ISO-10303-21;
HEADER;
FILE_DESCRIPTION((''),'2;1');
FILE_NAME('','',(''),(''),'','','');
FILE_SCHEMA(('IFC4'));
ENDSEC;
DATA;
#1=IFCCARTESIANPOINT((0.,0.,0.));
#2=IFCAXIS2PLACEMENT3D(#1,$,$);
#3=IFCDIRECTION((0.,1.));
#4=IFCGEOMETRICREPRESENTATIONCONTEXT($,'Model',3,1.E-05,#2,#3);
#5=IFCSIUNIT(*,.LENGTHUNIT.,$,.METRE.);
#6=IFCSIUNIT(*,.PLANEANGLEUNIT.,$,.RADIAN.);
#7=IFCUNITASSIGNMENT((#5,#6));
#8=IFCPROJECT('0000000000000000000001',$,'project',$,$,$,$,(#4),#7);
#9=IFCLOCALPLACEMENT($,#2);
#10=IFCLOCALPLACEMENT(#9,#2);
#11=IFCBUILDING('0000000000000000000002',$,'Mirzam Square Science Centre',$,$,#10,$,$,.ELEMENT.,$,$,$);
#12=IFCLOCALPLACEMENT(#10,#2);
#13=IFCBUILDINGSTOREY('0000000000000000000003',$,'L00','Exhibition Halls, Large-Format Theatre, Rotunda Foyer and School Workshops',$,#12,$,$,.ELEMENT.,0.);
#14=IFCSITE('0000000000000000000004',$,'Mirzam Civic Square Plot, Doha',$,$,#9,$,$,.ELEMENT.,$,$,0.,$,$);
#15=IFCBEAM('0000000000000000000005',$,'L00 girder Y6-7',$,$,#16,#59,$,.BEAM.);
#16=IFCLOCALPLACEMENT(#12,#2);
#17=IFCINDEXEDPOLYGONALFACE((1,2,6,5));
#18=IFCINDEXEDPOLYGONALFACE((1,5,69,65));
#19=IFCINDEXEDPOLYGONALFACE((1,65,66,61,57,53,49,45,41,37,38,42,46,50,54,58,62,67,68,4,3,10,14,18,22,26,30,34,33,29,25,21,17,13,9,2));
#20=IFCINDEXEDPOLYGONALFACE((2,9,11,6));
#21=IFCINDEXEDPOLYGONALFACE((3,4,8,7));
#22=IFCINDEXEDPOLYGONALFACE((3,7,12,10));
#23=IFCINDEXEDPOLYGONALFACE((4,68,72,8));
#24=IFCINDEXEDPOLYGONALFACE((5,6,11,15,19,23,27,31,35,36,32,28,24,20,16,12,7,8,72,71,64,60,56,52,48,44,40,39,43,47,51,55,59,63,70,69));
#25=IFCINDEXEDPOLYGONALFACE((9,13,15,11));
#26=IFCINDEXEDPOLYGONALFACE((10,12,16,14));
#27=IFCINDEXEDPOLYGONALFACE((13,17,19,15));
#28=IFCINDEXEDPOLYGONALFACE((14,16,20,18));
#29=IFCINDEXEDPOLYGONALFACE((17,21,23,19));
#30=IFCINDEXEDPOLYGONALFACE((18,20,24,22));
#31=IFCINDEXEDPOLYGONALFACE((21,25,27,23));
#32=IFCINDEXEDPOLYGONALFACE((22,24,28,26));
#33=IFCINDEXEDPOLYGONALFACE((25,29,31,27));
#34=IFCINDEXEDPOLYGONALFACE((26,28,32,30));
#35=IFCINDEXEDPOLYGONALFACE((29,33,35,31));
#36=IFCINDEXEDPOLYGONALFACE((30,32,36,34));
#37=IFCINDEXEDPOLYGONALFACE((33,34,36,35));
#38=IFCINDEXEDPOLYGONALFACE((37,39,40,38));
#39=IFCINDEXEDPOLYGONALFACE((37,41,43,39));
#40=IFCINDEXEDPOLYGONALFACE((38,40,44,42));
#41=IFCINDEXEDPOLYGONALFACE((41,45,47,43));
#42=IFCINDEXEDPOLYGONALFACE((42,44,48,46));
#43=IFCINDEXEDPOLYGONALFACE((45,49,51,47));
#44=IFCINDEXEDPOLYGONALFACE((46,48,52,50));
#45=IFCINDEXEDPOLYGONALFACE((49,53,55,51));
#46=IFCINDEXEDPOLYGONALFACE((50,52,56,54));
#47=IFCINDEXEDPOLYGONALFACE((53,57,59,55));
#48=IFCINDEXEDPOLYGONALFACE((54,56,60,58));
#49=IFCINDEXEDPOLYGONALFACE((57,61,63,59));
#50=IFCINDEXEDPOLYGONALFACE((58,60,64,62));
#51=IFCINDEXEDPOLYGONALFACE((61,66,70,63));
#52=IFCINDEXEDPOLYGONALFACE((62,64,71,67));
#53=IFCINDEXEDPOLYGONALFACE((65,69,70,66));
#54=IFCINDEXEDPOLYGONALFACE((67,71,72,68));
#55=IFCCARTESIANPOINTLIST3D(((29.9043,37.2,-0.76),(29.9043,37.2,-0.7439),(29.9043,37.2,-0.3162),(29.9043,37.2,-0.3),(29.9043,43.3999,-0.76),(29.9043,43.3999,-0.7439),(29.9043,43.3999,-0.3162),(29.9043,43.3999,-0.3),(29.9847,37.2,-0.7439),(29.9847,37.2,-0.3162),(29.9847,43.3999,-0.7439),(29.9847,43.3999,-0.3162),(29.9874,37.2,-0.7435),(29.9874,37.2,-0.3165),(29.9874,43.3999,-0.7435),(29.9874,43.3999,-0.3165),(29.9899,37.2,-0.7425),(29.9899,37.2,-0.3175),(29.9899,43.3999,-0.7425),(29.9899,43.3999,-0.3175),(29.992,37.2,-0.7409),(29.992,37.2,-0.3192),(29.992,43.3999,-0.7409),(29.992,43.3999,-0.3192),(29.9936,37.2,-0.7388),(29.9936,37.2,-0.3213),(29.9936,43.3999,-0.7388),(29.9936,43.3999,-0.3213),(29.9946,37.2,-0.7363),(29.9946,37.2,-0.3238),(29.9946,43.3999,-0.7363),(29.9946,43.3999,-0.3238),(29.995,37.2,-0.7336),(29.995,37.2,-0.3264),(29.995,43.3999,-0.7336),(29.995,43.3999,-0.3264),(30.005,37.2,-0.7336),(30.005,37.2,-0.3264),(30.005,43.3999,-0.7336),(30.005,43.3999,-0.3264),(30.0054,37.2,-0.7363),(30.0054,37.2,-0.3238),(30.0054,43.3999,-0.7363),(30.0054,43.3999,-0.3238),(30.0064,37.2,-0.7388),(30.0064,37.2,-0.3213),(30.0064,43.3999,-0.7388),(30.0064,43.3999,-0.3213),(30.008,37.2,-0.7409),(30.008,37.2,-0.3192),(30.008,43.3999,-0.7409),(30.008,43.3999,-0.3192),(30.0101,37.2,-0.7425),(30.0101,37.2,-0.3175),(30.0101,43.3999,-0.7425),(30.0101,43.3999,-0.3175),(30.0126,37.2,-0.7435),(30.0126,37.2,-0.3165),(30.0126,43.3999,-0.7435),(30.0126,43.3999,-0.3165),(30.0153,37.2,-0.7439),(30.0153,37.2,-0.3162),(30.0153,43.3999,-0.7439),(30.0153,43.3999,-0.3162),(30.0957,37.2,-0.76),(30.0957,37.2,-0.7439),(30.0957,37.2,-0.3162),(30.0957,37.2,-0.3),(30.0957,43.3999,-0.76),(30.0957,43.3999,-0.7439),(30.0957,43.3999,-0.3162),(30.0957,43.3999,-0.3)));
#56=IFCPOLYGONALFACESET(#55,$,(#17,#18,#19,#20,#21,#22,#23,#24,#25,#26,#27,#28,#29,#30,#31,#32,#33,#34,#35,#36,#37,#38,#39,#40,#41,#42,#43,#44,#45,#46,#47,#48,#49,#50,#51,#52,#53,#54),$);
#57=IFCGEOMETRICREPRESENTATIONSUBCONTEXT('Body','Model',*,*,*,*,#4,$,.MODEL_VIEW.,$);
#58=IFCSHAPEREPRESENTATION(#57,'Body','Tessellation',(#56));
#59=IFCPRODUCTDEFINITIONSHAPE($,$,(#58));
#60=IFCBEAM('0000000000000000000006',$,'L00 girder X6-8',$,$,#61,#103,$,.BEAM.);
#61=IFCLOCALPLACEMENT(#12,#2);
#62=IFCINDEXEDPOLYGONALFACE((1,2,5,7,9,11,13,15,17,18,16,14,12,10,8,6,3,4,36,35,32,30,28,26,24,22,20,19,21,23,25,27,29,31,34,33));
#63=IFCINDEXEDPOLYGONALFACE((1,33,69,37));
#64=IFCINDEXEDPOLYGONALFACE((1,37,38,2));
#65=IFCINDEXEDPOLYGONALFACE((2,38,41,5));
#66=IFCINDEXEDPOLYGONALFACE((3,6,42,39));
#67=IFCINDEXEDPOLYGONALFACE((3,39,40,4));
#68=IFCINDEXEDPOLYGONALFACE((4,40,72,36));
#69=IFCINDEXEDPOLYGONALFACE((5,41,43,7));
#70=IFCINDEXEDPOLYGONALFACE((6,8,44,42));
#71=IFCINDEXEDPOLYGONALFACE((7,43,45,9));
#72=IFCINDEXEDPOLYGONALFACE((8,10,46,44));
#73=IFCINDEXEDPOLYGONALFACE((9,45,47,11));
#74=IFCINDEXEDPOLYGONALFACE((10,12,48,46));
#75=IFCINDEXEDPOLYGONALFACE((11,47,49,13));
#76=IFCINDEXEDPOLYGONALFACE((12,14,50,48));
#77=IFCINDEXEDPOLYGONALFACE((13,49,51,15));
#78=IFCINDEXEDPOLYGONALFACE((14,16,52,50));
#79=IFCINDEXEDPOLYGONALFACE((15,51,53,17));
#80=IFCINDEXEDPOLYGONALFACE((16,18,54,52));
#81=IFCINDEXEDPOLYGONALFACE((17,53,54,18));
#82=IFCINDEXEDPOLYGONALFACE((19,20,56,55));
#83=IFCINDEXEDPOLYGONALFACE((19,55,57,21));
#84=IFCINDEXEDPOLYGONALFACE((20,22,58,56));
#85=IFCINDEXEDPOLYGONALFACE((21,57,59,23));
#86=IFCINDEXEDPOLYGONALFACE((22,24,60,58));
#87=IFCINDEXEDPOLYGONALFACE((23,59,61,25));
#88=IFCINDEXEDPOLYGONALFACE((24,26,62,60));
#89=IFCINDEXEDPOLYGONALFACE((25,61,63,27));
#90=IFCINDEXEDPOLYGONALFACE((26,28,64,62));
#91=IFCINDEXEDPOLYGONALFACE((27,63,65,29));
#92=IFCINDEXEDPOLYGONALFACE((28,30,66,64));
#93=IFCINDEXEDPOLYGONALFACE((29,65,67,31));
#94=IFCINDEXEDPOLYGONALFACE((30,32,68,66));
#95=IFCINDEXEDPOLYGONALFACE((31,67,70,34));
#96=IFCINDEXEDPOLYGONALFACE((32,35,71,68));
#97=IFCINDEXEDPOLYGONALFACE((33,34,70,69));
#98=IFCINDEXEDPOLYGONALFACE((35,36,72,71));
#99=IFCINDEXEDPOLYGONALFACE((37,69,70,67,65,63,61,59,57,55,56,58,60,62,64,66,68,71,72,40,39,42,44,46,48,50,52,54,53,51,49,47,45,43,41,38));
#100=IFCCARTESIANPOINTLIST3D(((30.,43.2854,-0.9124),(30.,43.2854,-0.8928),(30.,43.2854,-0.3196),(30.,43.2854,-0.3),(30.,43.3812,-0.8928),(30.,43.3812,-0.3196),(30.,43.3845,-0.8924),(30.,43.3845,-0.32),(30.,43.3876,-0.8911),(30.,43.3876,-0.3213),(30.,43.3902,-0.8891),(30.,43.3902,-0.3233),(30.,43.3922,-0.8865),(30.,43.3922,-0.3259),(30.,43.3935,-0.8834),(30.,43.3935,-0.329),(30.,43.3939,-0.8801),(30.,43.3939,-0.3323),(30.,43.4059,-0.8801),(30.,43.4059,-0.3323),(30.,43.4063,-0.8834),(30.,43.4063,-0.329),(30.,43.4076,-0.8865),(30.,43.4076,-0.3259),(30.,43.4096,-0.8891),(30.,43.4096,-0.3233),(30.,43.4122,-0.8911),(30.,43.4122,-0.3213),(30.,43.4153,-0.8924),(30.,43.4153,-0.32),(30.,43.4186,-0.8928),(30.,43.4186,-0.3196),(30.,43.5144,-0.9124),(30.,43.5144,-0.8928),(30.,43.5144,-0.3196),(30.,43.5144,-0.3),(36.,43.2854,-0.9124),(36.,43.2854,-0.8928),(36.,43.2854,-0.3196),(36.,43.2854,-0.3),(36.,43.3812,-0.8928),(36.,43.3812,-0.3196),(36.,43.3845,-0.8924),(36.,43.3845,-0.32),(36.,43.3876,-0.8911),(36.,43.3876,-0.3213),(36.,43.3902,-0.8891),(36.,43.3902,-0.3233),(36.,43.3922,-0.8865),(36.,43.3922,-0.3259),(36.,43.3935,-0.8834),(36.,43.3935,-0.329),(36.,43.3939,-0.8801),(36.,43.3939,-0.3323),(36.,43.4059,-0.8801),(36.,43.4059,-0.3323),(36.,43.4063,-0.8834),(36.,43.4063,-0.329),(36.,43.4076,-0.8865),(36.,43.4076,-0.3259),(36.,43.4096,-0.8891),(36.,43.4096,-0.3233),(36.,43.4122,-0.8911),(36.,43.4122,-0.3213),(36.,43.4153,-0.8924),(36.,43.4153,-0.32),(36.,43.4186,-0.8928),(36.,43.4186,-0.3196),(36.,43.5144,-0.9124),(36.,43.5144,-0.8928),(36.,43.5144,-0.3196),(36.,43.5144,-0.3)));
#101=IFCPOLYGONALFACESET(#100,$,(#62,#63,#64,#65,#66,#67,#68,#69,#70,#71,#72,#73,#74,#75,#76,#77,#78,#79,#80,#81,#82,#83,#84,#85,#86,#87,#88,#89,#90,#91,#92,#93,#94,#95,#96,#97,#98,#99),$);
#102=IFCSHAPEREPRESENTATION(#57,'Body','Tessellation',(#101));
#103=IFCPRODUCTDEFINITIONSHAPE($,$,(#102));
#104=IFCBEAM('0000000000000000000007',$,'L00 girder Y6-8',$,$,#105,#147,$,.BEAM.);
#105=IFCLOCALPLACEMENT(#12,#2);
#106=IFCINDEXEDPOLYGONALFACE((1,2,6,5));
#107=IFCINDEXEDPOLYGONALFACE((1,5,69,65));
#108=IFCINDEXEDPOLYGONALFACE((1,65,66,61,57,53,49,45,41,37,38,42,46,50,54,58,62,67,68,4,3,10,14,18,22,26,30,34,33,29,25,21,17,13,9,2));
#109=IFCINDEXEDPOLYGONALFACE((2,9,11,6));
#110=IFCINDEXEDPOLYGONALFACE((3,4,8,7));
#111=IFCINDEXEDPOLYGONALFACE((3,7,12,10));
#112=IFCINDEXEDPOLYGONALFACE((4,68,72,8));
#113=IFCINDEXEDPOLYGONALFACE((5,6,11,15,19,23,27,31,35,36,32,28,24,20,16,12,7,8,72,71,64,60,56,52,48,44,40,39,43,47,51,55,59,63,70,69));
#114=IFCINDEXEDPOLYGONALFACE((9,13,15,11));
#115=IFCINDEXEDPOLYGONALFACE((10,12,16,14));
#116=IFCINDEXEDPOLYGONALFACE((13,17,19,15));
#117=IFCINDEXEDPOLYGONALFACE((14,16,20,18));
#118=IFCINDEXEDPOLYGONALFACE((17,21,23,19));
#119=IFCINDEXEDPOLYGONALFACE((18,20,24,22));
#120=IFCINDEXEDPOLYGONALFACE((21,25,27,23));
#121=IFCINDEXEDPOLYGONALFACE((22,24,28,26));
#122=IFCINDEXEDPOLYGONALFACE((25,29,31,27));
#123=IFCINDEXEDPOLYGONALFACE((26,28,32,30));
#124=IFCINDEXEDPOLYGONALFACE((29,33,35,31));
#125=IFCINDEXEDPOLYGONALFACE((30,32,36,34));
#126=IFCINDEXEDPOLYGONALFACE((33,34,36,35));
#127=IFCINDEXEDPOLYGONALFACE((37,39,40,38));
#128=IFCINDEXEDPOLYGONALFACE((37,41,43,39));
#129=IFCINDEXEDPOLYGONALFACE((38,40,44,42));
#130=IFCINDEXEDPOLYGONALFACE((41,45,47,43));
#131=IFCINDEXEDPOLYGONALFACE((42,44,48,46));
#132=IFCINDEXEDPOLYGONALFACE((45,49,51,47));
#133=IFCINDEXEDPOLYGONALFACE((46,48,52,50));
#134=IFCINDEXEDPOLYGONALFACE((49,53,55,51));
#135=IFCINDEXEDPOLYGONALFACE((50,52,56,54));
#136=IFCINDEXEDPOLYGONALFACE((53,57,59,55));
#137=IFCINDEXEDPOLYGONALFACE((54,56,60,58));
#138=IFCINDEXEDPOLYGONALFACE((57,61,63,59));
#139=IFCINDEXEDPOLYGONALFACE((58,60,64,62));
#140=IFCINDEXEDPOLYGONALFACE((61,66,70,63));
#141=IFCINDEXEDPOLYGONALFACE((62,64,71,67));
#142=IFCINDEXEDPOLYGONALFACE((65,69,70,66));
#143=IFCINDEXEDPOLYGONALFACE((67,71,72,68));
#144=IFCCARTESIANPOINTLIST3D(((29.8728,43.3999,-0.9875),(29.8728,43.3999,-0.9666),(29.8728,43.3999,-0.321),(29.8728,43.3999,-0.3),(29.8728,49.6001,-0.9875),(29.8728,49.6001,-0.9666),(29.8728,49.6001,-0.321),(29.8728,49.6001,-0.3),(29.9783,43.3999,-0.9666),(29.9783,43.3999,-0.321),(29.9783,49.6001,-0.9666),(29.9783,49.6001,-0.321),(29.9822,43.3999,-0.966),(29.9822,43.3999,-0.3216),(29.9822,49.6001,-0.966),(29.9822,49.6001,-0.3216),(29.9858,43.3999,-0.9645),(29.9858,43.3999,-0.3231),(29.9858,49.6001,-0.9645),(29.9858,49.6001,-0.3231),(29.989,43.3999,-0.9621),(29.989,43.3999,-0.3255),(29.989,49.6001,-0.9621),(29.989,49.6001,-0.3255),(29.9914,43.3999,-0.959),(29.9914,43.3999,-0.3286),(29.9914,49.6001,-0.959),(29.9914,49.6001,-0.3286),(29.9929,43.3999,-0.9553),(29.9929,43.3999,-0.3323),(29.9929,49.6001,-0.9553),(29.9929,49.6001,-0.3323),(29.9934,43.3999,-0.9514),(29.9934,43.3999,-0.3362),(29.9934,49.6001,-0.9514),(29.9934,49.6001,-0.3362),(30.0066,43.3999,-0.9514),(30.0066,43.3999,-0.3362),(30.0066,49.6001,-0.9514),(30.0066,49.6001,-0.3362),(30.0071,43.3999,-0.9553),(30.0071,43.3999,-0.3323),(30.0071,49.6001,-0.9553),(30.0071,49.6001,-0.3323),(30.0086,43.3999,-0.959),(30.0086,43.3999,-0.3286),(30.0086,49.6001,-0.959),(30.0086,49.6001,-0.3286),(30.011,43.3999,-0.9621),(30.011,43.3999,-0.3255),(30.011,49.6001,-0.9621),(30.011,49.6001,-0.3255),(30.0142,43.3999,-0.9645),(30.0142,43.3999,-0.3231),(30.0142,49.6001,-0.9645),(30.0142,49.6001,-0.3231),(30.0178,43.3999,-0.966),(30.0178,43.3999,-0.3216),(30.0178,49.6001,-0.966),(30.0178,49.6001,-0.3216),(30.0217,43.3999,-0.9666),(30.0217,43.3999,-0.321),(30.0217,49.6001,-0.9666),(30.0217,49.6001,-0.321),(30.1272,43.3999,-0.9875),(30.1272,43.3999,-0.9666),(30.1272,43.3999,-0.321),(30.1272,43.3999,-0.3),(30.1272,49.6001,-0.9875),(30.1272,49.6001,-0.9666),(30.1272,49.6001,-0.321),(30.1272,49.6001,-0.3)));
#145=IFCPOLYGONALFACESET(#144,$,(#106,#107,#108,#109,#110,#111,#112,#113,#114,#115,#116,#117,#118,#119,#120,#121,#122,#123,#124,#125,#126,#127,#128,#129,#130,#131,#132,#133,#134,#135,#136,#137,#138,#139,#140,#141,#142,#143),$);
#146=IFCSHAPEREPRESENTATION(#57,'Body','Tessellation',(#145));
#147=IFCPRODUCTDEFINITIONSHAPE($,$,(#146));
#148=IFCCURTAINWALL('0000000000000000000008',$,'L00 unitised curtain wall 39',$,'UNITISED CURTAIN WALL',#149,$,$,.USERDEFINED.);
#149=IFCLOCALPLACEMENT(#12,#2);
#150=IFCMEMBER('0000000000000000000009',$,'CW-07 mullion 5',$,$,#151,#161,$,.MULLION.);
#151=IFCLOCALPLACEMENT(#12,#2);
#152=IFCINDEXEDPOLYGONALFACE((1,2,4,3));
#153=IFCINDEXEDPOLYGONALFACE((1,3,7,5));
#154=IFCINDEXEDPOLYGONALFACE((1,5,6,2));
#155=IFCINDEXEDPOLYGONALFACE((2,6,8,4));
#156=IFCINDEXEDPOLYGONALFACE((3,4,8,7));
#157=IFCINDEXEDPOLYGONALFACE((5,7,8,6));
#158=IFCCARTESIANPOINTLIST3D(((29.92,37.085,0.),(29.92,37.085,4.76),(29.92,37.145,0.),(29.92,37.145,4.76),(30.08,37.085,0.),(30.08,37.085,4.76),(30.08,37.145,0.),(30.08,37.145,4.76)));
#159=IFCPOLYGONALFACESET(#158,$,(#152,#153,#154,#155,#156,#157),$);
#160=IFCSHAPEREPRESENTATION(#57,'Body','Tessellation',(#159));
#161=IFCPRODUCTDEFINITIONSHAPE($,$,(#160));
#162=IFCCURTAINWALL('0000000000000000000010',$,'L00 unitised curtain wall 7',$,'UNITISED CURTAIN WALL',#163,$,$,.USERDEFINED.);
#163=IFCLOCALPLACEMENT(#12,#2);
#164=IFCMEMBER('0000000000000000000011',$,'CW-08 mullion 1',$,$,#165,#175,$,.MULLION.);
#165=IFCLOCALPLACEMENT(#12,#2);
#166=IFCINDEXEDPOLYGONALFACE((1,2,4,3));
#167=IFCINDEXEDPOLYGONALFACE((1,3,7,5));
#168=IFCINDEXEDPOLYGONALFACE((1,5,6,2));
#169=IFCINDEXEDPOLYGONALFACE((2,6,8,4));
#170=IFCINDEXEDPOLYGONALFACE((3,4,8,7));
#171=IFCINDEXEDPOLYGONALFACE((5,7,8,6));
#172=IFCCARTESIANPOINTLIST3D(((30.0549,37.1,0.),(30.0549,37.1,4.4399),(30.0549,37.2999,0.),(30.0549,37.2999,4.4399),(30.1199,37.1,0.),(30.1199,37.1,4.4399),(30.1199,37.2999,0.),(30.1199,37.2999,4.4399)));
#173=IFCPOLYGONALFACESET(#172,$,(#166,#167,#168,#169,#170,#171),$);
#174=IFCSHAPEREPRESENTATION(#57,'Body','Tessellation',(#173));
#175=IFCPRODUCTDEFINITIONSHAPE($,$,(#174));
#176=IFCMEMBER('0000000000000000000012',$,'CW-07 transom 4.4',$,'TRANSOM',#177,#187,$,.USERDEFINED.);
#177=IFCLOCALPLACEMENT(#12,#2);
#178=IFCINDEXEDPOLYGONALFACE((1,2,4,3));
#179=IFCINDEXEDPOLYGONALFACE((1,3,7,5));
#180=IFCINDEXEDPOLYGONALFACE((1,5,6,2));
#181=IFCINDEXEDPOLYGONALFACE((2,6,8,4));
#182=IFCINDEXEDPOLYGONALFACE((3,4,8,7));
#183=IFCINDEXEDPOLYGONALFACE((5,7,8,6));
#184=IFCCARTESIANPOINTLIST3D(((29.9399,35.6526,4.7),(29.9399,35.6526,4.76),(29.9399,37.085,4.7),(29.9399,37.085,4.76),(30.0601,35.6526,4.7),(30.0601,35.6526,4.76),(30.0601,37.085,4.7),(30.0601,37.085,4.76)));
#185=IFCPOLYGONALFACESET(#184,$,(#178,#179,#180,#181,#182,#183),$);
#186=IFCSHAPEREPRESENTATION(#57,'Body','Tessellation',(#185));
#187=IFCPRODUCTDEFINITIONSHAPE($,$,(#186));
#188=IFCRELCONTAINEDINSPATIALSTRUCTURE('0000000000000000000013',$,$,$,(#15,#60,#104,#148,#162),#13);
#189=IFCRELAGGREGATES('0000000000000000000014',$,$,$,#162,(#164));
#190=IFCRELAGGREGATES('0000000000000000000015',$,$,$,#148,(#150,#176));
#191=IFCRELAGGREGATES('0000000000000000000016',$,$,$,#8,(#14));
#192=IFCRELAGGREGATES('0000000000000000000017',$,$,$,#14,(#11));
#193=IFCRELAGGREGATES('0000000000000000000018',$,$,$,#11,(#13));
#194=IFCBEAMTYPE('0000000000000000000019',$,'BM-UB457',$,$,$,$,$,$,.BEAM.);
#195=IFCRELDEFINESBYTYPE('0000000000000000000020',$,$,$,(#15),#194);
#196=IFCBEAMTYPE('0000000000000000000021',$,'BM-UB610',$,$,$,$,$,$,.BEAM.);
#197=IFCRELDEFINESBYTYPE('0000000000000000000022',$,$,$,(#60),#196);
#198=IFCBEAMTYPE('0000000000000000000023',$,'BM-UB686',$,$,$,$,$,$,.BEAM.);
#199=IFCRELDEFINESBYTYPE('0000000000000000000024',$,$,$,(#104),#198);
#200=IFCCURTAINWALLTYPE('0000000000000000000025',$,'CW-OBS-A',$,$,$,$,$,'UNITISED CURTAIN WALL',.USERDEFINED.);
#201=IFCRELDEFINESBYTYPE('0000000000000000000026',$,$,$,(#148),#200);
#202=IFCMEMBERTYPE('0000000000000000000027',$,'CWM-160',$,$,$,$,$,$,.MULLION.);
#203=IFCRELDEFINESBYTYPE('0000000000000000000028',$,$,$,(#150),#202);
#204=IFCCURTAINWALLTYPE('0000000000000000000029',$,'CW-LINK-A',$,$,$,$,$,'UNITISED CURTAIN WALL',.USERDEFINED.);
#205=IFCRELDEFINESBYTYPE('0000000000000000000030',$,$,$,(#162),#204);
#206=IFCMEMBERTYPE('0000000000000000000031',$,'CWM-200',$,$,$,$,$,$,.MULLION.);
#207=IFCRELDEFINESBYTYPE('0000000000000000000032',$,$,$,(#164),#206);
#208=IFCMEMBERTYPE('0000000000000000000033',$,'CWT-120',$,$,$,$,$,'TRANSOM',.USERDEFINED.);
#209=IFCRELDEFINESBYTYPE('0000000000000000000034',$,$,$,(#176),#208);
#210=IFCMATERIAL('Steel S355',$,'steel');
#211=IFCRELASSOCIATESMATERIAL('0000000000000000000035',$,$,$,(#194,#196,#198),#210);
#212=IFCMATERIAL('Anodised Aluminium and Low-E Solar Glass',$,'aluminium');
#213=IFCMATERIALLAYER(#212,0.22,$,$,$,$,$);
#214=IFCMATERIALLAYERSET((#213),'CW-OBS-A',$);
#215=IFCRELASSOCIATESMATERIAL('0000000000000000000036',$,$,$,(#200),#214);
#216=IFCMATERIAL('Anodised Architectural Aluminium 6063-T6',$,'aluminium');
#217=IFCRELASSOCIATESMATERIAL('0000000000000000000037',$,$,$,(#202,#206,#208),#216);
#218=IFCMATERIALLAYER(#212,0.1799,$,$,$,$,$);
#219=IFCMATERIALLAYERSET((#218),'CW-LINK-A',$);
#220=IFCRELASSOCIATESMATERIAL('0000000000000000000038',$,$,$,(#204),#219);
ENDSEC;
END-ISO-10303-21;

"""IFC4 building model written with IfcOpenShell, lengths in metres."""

from ifc_helpers import new_model, si_unit, direction, frame, origin, origin_2d, place, context, subcontext, project, spatial, rectangle, i_section, extrude, material, layer, layer_set, material_profile, profile_set, type_object, element, aggregate, save


model = new_model("IFC4")

# Units and contexts
model_context = context("Model", 3, precision=1e-05, world=origin(), true_north=direction((0.0, 1.0)))
body_context = subcontext(model_context, "Body", "Model", "MODEL_VIEW")
ifc_project = project(units=[si_unit("LENGTHUNIT", "METRE"), si_unit("PLANEANGLEUNIT", "RADIAN")], contexts=[model_context])

# Site, building, storey
site_placement = place(None, origin())
site = spatial("IfcSite", under=ifc_project, at=site_placement, Name="Mirzam Civic Square Plot, Doha", CompositionType="ELEMENT", RefElevation=0.0)
building_placement = place(site_placement, origin())
building = spatial("IfcBuilding", under=site, at=building_placement, Name="Mirzam Square Science Centre", CompositionType="ELEMENT")
storey_placement = place(building_placement, origin())
storey = spatial("IfcBuildingStorey", under=building, at=storey_placement, Name="L00", Description="Exhibition Halls, Large-Format Theatre, Rotunda Foyer and School Workshops", CompositionType="ELEMENT", Elevation=0.0)

# Shared definitions
ifc_material_1 = material(Name="Steel S355", Category="steel")

# Beams
ifc_material_profile_1 = material_profile(ifc_material_1, i_section(OverallWidth=0.1914, OverallDepth=0.46, WebThickness=0.01, FlangeThickness=0.0161, FilletRadius=0.0103, at=origin_2d()), Name="457x191x82UB")
ifc_profile_set_1 = profile_set([ifc_material_profile_1], Name="Steel S355")
beam_type_1 = type_object("IfcBeamType", Name="BM-UB457", PredefinedType="BEAM", material=ifc_profile_set_1)
beam_1_placement = place(storey_placement, frame((30.0, 37.2, -0.53), z_axis=(0.0, 1.0, 0.0), x_axis=(-1.0, 0.0, 0.0)))
element("IfcBeam", 1, at=beam_1_placement, inside=storey, type_object=beam_type_1, Name="L00 girder Y6-7", PredefinedType="BEAM", context=body_context, shape_type="SweptSolid", body=[
    extrude(i_section(OverallWidth=0.1914, OverallDepth=0.46, WebThickness=0.01, FlangeThickness=0.0161, FilletRadius=0.0103, at=origin_2d()), origin(), (0.0, 0.0, 1.0), 6.2),
])
ifc_material_profile_2 = material_profile(ifc_material_1, i_section(OverallWidth=0.229, OverallDepth=0.6123, WebThickness=0.012, FlangeThickness=0.0195, FilletRadius=0.0127, at=origin_2d()), Name="610x229x125UB")
ifc_profile_set_2 = profile_set([ifc_material_profile_2], Name="Steel S355")
beam_type_2 = type_object("IfcBeamType", Name="BM-UB610", PredefinedType="BEAM", material=ifc_profile_set_2)
beam_2_placement = place(storey_placement, frame((30.0, 43.3999, -0.6062), z_axis=(1.0, 0.0, 0.0), x_axis=(0.0, 1.0, 0.0)))
element("IfcBeam", 2, at=beam_2_placement, inside=storey, type_object=beam_type_2, Name="L00 girder X6-8", PredefinedType="BEAM", context=body_context, shape_type="SweptSolid", body=[
    extrude(i_section(OverallWidth=0.229, OverallDepth=0.6123, WebThickness=0.012, FlangeThickness=0.0195, FilletRadius=0.0127, at=origin_2d()), origin(), (0.0, 0.0, 1.0), 6.0),
])
ifc_material_profile_3 = material_profile(ifc_material_1, i_section(OverallWidth=0.2544, OverallDepth=0.6875, WebThickness=0.0132, FlangeThickness=0.021, FilletRadius=0.0151, at=origin_2d()), Name="686x254x152UB")
ifc_profile_set_3 = profile_set([ifc_material_profile_3], Name="Steel S355")
beam_type_3 = type_object("IfcBeamType", Name="BM-UB686", PredefinedType="BEAM", material=ifc_profile_set_3)
beam_3_placement = place(storey_placement, frame((30.0, 43.3999, -0.6438), z_axis=(0.0, 1.0, 0.0), x_axis=(-1.0, 0.0, 0.0)))
element("IfcBeam", 3, at=beam_3_placement, inside=storey, type_object=beam_type_3, Name="L00 girder Y6-8", PredefinedType="BEAM", context=body_context, shape_type="SweptSolid", body=[
    extrude(i_section(OverallWidth=0.2544, OverallDepth=0.6875, WebThickness=0.0132, FlangeThickness=0.021, FilletRadius=0.0151, at=origin_2d()), origin(), (0.0, 0.0, 1.0), 6.2002),
])

# Curtain walls, members
ifc_material_2 = material(Name="Anodised Aluminium and Low-E Solar Glass", Category="aluminium")
ifc_layer_1 = layer(ifc_material_2, 0.22)
ifc_layer_set_1 = layer_set([ifc_layer_1], Name="CW-OBS-A")
curtain_wall_type_1 = type_object("IfcCurtainWallType", Name="CW-OBS-A", ElementType="UNITISED CURTAIN WALL", PredefinedType="USERDEFINED", material=ifc_layer_set_1)
curtain_wall_1_placement = place(storey_placement, origin())
curtain_wall_1 = element("IfcCurtainWall", 4, at=curtain_wall_1_placement, inside=storey, type_object=curtain_wall_type_1, Name="L00 unitised curtain wall 39", ObjectType="UNITISED CURTAIN WALL", PredefinedType="USERDEFINED")
ifc_material_3 = material(Name="Anodised Architectural Aluminium 6063-T6", Category="aluminium")
ifc_material_profile_4 = material_profile(ifc_material_3, rectangle(XDim=0.0601, YDim=0.1599, at=origin_2d()), Name="ALU-MULL-160x60x4")
ifc_profile_set_4 = profile_set([ifc_material_profile_4], Name="Anodised Architectural Aluminium 6063-T6")
member_type_1 = type_object("IfcMemberType", Name="CWM-160", PredefinedType="MULLION", material=ifc_profile_set_4)
member_1_placement = place(storey_placement, frame((30.0, 37.115, 0.0), z_axis=(0.0, 0.0, 1.0), x_axis=(0.0, 1.0, 0.0)))
member_1 = element("IfcMember", 5, at=member_1_placement, type_object=member_type_1, Name="CW-07 mullion 5", PredefinedType="MULLION", context=body_context, shape_type="SweptSolid", body=[
    extrude(rectangle(XDim=0.0601, YDim=0.1599, at=origin_2d()), origin(), (0.0, 0.0, 1.0), 4.76),
])
ifc_layer_2 = layer(ifc_material_2, 0.1799)
ifc_layer_set_2 = layer_set([ifc_layer_2], Name="CW-LINK-A")
curtain_wall_type_2 = type_object("IfcCurtainWallType", Name="CW-LINK-A", ElementType="UNITISED CURTAIN WALL", PredefinedType="USERDEFINED", material=ifc_layer_set_2)
curtain_wall_2_placement = place(storey_placement, origin())
curtain_wall_2 = element("IfcCurtainWall", 6, at=curtain_wall_2_placement, inside=storey, type_object=curtain_wall_type_2, Name="L00 unitised curtain wall 7", ObjectType="UNITISED CURTAIN WALL", PredefinedType="USERDEFINED")
ifc_material_profile_5 = material_profile(ifc_material_3, rectangle(XDim=0.0649, YDim=0.2, at=origin_2d()), Name="ALU-MULL-200x65x5")
ifc_profile_set_5 = profile_set([ifc_material_profile_5], Name="Anodised Architectural Aluminium 6063-T6")
member_type_2 = type_object("IfcMemberType", Name="CWM-200", PredefinedType="MULLION", material=ifc_profile_set_5)
member_2_placement = place(storey_placement, frame((30.0874, 37.2, 0.0), z_axis=(0.0, 0.0, 1.0), x_axis=(1.0, 0.0, 0.0)))
member_2 = element("IfcMember", 7, at=member_2_placement, type_object=member_type_2, Name="CW-08 mullion 1", PredefinedType="MULLION", context=body_context, shape_type="SweptSolid", body=[
    extrude(rectangle(XDim=0.0649, YDim=0.2, at=origin_2d()), origin(), (0.0, 0.0, 1.0), 4.4399),
])

# Member
ifc_material_profile_6 = material_profile(ifc_material_3, rectangle(XDim=0.1201, YDim=0.0601, at=origin_2d()), Name="ALU-TRAN-120x60x4")
ifc_profile_set_6 = profile_set([ifc_material_profile_6], Name="Anodised Architectural Aluminium 6063-T6")
member_type_3 = type_object("IfcMemberType", Name="CWT-120", ElementType="TRANSOM", PredefinedType="USERDEFINED", material=ifc_profile_set_6)
member_3_placement = place(storey_placement, frame((30.0, 35.6526, 4.73), z_axis=(0.0, 1.0, 0.0), x_axis=(-1.0, 0.0, 0.0)))
member_3 = element("IfcMember", 8, at=member_3_placement, type_object=member_type_3, Name="CW-07 transom 4.4", ObjectType="TRANSOM", PredefinedType="USERDEFINED", context=body_context, shape_type="SweptSolid", body=[
    extrude(rectangle(XDim=0.1201, YDim=0.0601, at=origin_2d()), origin(), (0.0, 0.0, 1.0), 1.4324),
])
aggregate(curtain_wall_2, [member_2])

aggregate(curtain_wall_1, [member_1, member_3])

save(model, "model.ifc")
